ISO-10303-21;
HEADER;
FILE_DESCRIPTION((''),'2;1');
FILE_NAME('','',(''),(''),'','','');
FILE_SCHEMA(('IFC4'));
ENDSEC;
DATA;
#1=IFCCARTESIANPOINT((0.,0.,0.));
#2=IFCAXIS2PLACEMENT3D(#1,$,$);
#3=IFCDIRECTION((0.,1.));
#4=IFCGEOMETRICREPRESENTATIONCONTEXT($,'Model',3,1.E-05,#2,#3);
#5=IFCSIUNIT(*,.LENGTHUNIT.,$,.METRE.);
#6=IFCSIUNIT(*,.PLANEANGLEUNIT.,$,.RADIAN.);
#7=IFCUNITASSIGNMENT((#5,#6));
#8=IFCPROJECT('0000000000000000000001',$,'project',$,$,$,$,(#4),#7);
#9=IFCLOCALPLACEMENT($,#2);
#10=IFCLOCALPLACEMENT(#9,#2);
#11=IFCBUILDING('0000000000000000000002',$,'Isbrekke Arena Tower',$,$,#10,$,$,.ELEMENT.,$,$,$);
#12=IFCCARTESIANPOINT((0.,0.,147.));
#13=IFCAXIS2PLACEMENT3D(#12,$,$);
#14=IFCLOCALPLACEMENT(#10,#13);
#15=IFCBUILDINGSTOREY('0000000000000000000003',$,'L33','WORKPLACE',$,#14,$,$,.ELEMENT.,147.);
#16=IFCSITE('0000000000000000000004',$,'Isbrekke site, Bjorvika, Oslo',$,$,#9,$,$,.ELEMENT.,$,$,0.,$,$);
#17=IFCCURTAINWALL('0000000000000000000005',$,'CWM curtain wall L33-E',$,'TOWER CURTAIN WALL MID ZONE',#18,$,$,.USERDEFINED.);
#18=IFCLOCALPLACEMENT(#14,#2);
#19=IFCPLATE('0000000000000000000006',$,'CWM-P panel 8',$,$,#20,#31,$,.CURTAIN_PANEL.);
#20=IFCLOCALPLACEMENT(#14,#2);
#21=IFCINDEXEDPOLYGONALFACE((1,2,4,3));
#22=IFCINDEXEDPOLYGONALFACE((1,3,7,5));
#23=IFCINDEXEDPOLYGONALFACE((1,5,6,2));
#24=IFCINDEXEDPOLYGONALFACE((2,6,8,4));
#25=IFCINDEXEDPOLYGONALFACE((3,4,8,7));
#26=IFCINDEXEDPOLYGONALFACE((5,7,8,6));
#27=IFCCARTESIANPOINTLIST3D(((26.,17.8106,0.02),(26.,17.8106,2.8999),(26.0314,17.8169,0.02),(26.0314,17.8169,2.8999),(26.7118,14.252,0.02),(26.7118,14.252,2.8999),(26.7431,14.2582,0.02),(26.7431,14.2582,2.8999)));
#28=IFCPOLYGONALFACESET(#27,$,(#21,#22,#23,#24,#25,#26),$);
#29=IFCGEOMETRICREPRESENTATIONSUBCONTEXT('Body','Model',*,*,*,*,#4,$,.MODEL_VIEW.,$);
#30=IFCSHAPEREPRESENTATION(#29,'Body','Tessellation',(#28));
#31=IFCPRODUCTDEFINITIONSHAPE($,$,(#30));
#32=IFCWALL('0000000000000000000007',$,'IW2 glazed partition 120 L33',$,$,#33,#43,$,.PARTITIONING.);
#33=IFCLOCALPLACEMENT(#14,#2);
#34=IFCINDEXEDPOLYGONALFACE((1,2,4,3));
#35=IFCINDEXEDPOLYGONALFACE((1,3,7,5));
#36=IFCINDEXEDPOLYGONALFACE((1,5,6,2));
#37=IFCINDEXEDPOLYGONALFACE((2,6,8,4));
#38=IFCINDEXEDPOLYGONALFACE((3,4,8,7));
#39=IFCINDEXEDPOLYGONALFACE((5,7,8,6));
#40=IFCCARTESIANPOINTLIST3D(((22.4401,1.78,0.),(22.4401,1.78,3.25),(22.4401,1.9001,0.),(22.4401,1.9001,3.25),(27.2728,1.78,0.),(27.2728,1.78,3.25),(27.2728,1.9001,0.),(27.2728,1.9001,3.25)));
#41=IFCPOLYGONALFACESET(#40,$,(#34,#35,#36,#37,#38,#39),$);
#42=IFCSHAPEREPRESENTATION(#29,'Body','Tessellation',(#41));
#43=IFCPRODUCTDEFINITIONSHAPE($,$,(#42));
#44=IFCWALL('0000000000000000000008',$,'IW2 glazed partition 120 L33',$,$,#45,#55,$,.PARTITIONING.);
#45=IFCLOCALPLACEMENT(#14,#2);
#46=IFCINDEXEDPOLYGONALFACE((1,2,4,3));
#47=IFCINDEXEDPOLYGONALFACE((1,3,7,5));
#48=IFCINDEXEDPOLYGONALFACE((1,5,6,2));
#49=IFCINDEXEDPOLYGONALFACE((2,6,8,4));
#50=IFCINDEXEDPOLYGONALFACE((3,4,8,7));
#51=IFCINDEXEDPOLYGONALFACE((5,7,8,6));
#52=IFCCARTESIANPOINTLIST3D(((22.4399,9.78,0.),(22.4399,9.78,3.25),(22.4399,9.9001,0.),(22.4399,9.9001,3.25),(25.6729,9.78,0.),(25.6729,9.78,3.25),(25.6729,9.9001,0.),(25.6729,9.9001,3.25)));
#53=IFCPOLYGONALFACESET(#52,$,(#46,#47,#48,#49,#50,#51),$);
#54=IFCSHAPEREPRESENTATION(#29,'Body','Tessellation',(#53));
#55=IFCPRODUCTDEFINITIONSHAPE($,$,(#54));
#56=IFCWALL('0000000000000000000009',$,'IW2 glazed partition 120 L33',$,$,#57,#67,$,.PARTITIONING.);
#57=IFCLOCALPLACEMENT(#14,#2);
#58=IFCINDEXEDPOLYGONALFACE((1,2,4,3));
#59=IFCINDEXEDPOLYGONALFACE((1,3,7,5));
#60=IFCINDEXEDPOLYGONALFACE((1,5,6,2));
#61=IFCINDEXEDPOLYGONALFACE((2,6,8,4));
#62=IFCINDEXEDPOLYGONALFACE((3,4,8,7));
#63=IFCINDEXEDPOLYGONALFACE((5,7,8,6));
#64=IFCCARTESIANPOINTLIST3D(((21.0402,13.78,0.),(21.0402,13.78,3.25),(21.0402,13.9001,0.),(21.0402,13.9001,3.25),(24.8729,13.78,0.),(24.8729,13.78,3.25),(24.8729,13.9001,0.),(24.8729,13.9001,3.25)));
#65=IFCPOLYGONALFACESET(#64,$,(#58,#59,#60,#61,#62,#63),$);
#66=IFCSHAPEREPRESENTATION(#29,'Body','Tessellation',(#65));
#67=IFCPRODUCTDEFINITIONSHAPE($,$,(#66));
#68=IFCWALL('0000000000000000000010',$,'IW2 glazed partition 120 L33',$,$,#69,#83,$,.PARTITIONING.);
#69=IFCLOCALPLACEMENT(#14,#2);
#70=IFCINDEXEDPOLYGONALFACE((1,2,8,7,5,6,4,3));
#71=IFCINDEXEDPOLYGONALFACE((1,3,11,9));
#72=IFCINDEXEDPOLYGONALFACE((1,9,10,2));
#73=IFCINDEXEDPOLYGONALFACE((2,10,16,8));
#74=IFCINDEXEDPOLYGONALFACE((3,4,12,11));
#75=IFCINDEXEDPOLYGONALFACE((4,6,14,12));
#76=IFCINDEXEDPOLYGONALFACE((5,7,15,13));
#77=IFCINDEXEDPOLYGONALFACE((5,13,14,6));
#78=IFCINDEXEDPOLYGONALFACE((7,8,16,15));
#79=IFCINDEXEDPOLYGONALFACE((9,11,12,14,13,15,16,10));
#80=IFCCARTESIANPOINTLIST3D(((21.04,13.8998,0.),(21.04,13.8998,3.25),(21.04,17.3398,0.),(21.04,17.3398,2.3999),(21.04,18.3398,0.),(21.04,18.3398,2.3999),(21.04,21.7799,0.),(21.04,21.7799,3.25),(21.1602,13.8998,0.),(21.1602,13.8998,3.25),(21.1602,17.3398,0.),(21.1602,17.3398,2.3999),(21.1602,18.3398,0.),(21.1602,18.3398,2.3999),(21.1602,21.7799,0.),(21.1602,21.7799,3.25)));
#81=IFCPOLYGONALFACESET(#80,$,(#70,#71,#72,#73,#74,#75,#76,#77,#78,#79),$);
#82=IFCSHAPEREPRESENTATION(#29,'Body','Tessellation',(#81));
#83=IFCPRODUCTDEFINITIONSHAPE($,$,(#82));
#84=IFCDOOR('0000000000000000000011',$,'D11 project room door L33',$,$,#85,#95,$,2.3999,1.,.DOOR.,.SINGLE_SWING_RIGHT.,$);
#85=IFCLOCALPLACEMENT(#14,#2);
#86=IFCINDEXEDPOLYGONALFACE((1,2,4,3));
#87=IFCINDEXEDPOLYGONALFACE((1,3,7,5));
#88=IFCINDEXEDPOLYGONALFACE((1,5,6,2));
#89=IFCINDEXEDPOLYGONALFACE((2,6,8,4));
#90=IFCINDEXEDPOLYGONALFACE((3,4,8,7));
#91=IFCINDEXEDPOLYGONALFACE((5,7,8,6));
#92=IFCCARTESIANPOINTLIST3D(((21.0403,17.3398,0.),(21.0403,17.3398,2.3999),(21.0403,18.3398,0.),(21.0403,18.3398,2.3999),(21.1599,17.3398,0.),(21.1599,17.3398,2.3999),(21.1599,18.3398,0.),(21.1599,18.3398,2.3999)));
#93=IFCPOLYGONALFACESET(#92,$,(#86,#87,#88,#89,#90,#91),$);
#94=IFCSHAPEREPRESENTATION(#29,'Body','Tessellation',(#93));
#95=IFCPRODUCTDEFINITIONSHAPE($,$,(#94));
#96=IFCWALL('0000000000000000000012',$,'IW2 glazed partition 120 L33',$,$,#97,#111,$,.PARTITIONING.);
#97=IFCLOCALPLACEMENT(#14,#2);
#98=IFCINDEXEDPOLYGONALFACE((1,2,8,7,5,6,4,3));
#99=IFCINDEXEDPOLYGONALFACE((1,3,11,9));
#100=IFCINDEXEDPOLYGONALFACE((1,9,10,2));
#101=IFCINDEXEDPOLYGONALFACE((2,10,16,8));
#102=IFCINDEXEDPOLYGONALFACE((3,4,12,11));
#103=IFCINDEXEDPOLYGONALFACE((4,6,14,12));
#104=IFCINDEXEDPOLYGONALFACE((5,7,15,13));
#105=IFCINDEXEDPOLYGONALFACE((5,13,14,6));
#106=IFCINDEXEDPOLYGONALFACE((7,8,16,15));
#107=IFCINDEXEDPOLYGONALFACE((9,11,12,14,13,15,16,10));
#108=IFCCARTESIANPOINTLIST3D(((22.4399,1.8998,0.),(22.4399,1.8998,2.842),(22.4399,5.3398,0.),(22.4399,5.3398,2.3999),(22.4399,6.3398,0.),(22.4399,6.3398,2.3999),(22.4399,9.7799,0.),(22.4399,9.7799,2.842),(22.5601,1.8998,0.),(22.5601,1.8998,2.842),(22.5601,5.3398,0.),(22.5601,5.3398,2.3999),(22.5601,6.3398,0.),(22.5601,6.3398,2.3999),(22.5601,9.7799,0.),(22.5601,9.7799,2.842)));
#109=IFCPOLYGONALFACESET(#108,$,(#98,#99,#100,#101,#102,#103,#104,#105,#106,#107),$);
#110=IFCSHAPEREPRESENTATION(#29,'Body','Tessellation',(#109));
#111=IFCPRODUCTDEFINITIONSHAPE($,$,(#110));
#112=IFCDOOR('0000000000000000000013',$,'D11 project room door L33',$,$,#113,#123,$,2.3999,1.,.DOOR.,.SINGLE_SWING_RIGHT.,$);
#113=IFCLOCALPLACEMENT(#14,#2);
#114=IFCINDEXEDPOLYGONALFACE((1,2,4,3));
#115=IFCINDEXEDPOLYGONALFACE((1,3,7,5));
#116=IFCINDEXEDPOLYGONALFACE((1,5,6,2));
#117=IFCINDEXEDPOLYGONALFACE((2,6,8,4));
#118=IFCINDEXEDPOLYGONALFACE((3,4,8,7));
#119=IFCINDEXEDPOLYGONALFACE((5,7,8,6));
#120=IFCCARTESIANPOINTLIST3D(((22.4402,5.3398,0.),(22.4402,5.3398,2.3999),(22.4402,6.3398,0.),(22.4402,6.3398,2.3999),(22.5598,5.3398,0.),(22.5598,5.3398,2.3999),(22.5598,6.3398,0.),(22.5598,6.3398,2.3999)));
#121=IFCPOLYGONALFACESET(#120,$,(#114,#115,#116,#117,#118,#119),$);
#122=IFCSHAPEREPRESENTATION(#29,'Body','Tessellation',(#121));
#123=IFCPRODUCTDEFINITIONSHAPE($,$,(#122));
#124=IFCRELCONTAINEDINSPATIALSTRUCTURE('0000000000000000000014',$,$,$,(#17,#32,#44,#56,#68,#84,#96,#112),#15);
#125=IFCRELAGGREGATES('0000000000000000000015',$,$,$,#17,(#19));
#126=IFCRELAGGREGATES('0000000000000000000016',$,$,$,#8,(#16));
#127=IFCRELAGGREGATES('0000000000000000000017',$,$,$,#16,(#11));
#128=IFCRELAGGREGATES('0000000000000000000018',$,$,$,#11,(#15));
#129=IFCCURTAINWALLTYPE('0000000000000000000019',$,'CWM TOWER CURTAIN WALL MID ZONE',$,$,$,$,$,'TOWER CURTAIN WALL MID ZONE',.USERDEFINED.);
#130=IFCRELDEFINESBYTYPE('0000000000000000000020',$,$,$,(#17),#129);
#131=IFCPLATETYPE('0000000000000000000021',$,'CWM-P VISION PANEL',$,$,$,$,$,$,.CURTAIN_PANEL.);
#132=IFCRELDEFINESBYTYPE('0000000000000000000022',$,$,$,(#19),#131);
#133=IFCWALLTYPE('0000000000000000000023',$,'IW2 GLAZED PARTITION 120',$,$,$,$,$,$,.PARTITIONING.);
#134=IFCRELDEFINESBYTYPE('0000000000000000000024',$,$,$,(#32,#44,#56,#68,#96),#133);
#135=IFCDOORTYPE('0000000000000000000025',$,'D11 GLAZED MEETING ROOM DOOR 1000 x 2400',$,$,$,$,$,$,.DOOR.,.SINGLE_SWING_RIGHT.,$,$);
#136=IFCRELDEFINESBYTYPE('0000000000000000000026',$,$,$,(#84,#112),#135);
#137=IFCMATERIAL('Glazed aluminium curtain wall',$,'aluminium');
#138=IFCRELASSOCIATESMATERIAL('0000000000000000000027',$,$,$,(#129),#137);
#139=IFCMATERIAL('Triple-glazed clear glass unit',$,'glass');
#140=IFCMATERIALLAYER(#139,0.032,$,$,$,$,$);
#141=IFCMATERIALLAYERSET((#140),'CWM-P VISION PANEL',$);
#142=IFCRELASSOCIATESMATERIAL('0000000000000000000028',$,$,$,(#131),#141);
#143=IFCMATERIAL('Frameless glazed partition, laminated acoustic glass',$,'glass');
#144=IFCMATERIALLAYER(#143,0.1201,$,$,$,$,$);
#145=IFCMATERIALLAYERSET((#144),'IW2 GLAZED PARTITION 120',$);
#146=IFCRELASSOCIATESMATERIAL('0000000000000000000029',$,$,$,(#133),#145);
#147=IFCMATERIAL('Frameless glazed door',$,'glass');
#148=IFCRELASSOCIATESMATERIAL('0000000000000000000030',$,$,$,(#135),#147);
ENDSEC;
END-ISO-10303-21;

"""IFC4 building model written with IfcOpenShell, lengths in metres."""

from ifc_helpers import new_model, si_unit, direction, frame, frame_2d, origin, origin_2d, place, context, subcontext, project, spatial, rectangle, extrude, material, layer, layer_set, type_object, element, fill, aggregate, save


model = new_model("IFC4")

# Units and contexts
model_context = context("Model", 3, precision=1e-05, world=origin(), true_north=direction((0.0, 1.0)))
body_context = subcontext(model_context, "Body", "Model", "MODEL_VIEW")
ifc_project = project(units=[si_unit("LENGTHUNIT", "METRE"), si_unit("PLANEANGLEUNIT", "RADIAN")], contexts=[model_context])

# Site, building, storey
site_placement = place(None, origin())
site = spatial("IfcSite", under=ifc_project, at=site_placement, Name="Isbrekke site, Bjorvika, Oslo", CompositionType="ELEMENT", RefElevation=0.0)
building_placement = place(site_placement, origin())
building = spatial("IfcBuilding", under=site, at=building_placement, Name="Isbrekke Arena Tower", CompositionType="ELEMENT")
storey_placement = place(building_placement, frame((0.0, 0.0, 147.0)))
storey = spatial("IfcBuildingStorey", under=building, at=storey_placement, Name="L33", Description="WORKPLACE", CompositionType="ELEMENT", Elevation=147.0)

# Curtain wall
ifc_material_1 = material(Name="Glazed aluminium curtain wall", Category="aluminium")
curtain_wall_type = type_object("IfcCurtainWallType", Name="CWM TOWER CURTAIN WALL MID ZONE", ElementType="TOWER CURTAIN WALL MID ZONE", PredefinedType="USERDEFINED", material=ifc_material_1)
curtain_wall_placement = place(storey_placement, origin())
curtain_wall = element("IfcCurtainWall", 1, at=curtain_wall_placement, inside=storey, type_object=curtain_wall_type, Name="CWM curtain wall L33-E", ObjectType="TOWER CURTAIN WALL MID ZONE", PredefinedType="USERDEFINED")

# Plate
ifc_material_2 = material(Name="Triple-glazed clear glass unit", Category="glass")
ifc_layer_1 = layer(ifc_material_2, 0.032)
ifc_layer_set_1 = layer_set([ifc_layer_1], Name="CWM-P VISION PANEL")
plate_type = type_object("IfcPlateType", Name="CWM-P VISION PANEL", PredefinedType="CURTAIN_PANEL", material=ifc_layer_set_1)
plate_1_placement = place(storey_placement, frame((26.3716, 16.0344, 0.02), z_axis=(0.0, 0.0, 1.0), x_axis=(-0.196116, 0.980581, 0.0)))
plate_1 = element("IfcPlate", 2, at=plate_1_placement, type_object=plate_type, Name="CWM-P panel 8", PredefinedType="CURTAIN_PANEL", context=body_context, shape_type="SweptSolid", body=[
    extrude(rectangle(XDim=3.6292, YDim=0.032, at=origin_2d()), origin(), (0.0, 0.0, 1.0), 2.8799),
])
aggregate(curtain_wall, [plate_1])

# Walls
ifc_material_3 = material(Name="Frameless glazed partition, laminated acoustic glass", Category="glass")
ifc_layer_2 = layer(ifc_material_3, 0.1201)
ifc_layer_set_2 = layer_set([ifc_layer_2], Name="IW2 GLAZED PARTITION 120")
wall_type = type_object("IfcWallType", Name="IW2 GLAZED PARTITION 120", PredefinedType="PARTITIONING", material=ifc_layer_set_2)
wall_1_placement = place(storey_placement, frame((22.4399, 1.8401, 0.0), z_axis=(0.0, 0.0, 1.0), x_axis=(1.0, 0.0, 0.0)))
element("IfcWall", 3, at=wall_1_placement, inside=storey, type_object=wall_type, Name="IW2 glazed partition 120 L33", PredefinedType="PARTITIONING", context=body_context, shape_type="SweptSolid", body=[
    extrude(rectangle(XDim=4.8328, YDim=0.1201, at=frame_2d((2.4165, 0.0))), origin(), (0.0, 0.0, 1.0), 3.25),
])
wall_2_placement = place(storey_placement, frame((22.4399, 9.8401, 0.0), z_axis=(0.0, 0.0, 1.0), x_axis=(1.0, 0.0, 0.0)))
element("IfcWall", 4, at=wall_2_placement, inside=storey, type_object=wall_type, Name="IW2 glazed partition 120 L33", PredefinedType="PARTITIONING", context=body_context, shape_type="SweptSolid", body=[
    extrude(rectangle(XDim=3.2329, YDim=0.1201, at=frame_2d((1.6165, 0.0))), origin(), (0.0, 0.0, 1.0), 3.25),
])
wall_3_placement = place(storey_placement, frame((21.04, 13.8401, 0.0), z_axis=(0.0, 0.0, 1.0), x_axis=(1.0, 0.0, 0.0)))
element("IfcWall", 5, at=wall_3_placement, inside=storey, type_object=wall_type, Name="IW2 glazed partition 120 L33", PredefinedType="PARTITIONING", context=body_context, shape_type="SweptSolid", body=[
    extrude(rectangle(XDim=3.8328, YDim=0.1201, at=frame_2d((1.9165, 0.0))), origin(), (0.0, 0.0, 1.0), 3.25),
])

# Walls, openings, doors
wall_4_placement = place(storey_placement, frame((21.1001, 13.8999, 0.0), z_axis=(0.0, 0.0, 1.0), x_axis=(0.0, 1.0, 0.0)))
wall_4 = element("IfcWall", 6, at=wall_4_placement, inside=storey, type_object=wall_type, Name="IW2 glazed partition 120 L33", PredefinedType="PARTITIONING", context=body_context, shape_type="SweptSolid", body=[
    extrude(rectangle(XDim=7.8801, YDim=0.1201, at=frame_2d((3.9399, 0.0))), origin(), (0.0, 0.0, 1.0), 3.25),
])
opening_1_placement = place(wall_4_placement, frame((3.4399, 0.0, 0.0)))
opening_1 = element("IfcOpeningElement", 7, at=opening_1_placement, cuts=wall_4, PredefinedType="OPENING", context=body_context, shape_type="SweptSolid", body=[
    extrude(rectangle(XDim=1.0, YDim=2.3999, at=frame_2d((0.5, 1.2))), frame((0.0, 0.075, 0.0), z_axis=(0.0, -1.0, 0.0), x_axis=(1.0, 0.0, 0.0)), (0.0, 0.0, 1.0), 0.1499),
])
ifc_material_4 = material(Name="Frameless glazed door", Category="glass")
door_type = type_object("IfcDoorType", Name="D11 GLAZED MEETING ROOM DOOR 1000 x 2400", OperationType="SINGLE_SWING_RIGHT", PredefinedType="DOOR", material=ifc_material_4)
door_1_placement = place(opening_1_placement, origin())
door_1 = element("IfcDoor", 8, at=door_1_placement, inside=storey, type_object=door_type, Name="D11 project room door L33", OperationType="SINGLE_SWING_RIGHT", OverallHeight=2.3999, OverallWidth=1.0, PredefinedType="DOOR", context=body_context, shape_type="SweptSolid", body=[
    extrude(rectangle(XDim=1.0, YDim=2.3999, at=frame_2d((0.5, 1.2))), frame((0.0, 0.0598, 0.0), z_axis=(0.0, -1.0, 0.0), x_axis=(1.0, 0.0, 0.0)), (0.0, 0.0, 1.0), 0.1196),
])
fill(opening_1, door_1)
wall_5_placement = place(storey_placement, frame((22.5, 1.8999, 0.0), z_axis=(0.0, 0.0, 1.0), x_axis=(0.0, 1.0, 0.0)))
wall_5 = element("IfcWall", 9, at=wall_5_placement, inside=storey, type_object=wall_type, Name="IW2 glazed partition 120 L33", PredefinedType="PARTITIONING", context=body_context, shape_type="SweptSolid", body=[
    extrude(rectangle(XDim=7.8801, YDim=0.1201, at=frame_2d((3.9399, 0.0))), origin(), (0.0, 0.0, 1.0), 2.842),
])
opening_2_placement = place(wall_5_placement, frame((3.4399, 0.0, 0.0)))
opening_2 = element("IfcOpeningElement", 10, at=opening_2_placement, cuts=wall_5, PredefinedType="OPENING", context=body_context, shape_type="SweptSolid", body=[
    extrude(rectangle(XDim=1.0, YDim=2.3999, at=frame_2d((0.5, 1.2))), frame((0.0, 0.075, 0.0), z_axis=(0.0, -1.0, 0.0), x_axis=(1.0, 0.0, 0.0)), (0.0, 0.0, 1.0), 0.1499),
])
door_2_placement = place(opening_2_placement, origin())
door_2 = element("IfcDoor", 11, at=door_2_placement, inside=storey, type_object=door_type, Name="D11 project room door L33", OperationType="SINGLE_SWING_RIGHT", OverallHeight=2.3999, OverallWidth=1.0, PredefinedType="DOOR", context=body_context, shape_type="SweptSolid", body=[
    extrude(rectangle(XDim=1.0, YDim=2.3999, at=frame_2d((0.5, 1.2))), frame((0.0, 0.0598, 0.0), z_axis=(0.0, -1.0, 0.0), x_axis=(1.0, 0.0, 0.0)), (0.0, 0.0, 1.0), 0.1196),
])
fill(opening_2, door_2)

save(model, "model.ifc")
